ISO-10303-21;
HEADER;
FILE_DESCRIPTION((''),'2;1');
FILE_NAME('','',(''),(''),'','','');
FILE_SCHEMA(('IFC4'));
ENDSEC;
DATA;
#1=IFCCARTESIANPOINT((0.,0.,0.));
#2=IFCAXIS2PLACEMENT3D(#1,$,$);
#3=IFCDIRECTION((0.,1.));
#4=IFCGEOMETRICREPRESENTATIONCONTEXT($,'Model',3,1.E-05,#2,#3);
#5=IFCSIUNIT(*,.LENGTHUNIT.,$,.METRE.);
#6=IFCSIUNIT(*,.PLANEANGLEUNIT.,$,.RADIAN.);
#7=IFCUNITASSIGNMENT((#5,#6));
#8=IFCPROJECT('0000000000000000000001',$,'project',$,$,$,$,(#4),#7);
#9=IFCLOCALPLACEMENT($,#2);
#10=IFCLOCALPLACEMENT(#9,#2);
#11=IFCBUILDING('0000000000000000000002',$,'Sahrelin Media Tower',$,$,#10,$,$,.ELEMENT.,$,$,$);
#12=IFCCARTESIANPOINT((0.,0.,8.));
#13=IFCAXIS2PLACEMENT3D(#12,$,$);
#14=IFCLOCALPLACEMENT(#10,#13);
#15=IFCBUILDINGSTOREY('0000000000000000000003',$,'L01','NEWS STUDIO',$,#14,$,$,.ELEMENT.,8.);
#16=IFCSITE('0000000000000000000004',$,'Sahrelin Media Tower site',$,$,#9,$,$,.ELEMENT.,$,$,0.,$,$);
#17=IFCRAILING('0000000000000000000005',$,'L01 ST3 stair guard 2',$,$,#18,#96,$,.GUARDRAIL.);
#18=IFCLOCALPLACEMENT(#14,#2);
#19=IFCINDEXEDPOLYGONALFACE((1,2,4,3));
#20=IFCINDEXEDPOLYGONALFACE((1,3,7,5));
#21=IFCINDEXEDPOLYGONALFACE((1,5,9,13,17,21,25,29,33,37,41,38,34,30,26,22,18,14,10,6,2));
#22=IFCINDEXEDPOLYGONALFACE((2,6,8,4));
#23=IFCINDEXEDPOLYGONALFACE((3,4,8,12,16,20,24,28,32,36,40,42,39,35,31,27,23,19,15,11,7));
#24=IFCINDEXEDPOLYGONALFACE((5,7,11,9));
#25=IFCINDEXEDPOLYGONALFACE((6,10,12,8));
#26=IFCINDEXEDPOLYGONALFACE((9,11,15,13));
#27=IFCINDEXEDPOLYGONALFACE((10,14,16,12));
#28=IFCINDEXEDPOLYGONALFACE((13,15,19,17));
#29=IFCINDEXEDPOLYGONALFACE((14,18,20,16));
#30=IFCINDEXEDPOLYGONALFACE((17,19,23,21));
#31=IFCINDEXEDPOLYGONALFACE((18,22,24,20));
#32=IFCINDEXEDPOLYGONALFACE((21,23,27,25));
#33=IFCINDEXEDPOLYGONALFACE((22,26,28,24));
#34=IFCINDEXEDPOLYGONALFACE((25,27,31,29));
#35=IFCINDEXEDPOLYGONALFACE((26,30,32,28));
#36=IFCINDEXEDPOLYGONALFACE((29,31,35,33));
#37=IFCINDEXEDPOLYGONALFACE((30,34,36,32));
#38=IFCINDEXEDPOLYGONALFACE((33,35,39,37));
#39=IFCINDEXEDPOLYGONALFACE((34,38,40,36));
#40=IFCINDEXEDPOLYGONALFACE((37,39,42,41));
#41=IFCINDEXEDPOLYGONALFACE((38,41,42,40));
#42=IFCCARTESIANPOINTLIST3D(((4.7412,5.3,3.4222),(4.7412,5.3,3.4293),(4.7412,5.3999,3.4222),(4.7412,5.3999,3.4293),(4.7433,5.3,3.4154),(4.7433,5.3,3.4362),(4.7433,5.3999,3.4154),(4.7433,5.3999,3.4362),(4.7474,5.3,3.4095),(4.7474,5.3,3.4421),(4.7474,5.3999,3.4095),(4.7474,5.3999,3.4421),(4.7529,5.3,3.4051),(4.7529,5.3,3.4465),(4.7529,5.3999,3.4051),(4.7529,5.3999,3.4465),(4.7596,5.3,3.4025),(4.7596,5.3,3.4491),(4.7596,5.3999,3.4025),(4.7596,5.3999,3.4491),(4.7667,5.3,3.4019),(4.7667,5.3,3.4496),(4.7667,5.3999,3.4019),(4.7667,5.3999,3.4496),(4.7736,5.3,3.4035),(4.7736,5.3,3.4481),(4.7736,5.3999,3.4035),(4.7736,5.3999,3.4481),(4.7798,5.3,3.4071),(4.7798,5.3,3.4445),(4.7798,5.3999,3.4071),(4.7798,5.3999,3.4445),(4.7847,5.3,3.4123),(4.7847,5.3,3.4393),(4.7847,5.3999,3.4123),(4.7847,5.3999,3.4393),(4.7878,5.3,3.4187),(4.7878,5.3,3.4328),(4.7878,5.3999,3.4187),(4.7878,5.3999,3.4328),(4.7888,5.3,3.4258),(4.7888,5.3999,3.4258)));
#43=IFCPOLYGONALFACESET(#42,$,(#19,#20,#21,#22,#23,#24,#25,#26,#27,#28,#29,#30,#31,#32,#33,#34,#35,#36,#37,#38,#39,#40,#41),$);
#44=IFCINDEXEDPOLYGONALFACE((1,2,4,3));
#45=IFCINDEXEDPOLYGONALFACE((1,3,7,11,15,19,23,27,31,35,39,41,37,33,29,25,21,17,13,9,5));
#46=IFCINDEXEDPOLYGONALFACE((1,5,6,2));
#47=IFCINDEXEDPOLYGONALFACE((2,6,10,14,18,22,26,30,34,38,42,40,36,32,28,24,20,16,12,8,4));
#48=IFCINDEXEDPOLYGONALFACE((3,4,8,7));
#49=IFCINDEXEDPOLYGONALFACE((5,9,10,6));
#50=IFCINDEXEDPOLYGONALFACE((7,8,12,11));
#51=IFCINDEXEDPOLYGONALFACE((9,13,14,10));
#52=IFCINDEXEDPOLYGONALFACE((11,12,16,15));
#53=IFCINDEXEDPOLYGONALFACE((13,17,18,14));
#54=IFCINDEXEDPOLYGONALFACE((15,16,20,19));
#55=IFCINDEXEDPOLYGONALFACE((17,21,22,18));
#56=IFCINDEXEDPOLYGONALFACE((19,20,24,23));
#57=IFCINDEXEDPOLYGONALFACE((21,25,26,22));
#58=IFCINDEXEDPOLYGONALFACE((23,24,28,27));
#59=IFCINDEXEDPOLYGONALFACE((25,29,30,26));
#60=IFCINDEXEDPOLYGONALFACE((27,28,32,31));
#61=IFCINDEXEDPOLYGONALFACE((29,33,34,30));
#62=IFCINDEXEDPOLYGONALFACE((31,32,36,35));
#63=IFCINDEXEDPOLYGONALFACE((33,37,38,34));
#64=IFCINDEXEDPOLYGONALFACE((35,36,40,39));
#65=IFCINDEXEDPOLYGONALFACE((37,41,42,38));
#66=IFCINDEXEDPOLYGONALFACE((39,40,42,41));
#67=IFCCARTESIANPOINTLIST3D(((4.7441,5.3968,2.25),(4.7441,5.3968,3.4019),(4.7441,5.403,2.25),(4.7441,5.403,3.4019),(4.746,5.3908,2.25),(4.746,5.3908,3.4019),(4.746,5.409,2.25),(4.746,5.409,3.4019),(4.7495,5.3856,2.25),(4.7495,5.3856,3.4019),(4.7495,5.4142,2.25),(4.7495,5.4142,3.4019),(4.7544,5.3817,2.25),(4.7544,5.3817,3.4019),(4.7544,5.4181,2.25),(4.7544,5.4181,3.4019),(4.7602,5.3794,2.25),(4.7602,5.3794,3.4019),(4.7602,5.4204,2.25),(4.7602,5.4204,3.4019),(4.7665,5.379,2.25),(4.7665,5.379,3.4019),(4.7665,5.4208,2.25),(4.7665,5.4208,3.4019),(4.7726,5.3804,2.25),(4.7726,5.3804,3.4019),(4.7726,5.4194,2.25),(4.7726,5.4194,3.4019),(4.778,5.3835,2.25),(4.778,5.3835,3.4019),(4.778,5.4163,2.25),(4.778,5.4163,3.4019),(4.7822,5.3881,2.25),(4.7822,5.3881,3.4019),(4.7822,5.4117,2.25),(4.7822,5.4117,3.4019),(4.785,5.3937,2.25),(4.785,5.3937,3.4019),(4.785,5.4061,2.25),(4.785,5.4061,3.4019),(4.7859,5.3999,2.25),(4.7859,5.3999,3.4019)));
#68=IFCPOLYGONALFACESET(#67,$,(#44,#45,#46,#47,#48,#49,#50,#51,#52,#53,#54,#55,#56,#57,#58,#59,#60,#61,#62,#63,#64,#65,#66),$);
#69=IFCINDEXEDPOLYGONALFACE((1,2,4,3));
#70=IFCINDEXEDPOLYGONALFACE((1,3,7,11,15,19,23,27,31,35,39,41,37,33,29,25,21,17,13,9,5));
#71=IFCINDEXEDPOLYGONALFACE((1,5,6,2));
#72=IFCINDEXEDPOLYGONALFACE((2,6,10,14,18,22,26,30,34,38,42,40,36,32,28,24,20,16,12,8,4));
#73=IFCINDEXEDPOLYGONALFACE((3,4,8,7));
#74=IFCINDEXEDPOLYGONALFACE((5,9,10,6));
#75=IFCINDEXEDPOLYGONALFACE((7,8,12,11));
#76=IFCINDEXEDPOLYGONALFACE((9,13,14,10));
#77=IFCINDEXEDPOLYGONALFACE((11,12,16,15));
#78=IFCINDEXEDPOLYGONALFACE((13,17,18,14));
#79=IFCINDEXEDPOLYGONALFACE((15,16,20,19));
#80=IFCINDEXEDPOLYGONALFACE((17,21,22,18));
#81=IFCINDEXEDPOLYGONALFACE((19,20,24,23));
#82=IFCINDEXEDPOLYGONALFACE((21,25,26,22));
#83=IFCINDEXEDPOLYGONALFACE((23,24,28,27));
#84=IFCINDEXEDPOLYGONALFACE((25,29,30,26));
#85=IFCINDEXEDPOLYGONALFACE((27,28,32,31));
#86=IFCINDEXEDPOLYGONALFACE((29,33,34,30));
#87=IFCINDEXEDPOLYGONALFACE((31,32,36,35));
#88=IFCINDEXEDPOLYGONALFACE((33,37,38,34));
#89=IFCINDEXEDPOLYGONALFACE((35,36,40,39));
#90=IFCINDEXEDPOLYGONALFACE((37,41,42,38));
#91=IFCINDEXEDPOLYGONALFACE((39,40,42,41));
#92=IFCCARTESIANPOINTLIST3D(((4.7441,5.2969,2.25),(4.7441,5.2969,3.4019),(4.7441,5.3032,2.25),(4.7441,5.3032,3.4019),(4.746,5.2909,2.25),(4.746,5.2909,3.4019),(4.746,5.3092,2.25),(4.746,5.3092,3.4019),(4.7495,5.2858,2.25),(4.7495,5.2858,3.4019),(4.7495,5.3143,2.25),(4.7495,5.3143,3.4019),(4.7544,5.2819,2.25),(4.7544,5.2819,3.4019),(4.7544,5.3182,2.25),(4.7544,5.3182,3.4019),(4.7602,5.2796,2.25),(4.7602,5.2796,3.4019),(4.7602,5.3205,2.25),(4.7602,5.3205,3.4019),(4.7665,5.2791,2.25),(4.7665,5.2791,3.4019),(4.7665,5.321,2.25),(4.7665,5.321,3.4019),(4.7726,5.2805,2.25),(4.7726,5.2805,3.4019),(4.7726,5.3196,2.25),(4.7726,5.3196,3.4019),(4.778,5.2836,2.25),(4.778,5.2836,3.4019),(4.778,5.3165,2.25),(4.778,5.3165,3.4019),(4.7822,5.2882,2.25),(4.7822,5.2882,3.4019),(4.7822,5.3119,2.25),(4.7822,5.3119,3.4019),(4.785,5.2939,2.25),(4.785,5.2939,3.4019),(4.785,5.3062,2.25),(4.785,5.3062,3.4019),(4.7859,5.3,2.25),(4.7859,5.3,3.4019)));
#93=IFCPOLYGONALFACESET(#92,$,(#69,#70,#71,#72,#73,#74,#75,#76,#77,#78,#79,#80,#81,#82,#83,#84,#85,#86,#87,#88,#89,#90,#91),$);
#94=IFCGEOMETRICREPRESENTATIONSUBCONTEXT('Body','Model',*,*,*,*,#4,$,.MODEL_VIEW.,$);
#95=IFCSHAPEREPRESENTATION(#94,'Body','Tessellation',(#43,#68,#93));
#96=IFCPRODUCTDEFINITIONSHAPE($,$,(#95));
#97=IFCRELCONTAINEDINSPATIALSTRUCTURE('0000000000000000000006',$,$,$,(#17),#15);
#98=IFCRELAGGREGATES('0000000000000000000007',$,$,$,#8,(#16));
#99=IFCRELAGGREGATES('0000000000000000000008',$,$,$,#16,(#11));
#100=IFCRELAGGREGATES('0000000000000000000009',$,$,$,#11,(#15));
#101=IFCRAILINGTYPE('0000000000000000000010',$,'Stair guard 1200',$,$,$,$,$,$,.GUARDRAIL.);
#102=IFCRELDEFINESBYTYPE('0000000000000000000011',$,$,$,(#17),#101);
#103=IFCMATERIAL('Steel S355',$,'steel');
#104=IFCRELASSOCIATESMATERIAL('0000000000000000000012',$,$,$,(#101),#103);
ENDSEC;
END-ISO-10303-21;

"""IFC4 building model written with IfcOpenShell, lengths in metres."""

from ifc_helpers import new_model, si_unit, direction, frame, origin, origin_2d, place, context, subcontext, project, spatial, circle, extrude, material, type_object, element, save


model = new_model("IFC4")

# Units and contexts
model_context = context("Model", 3, precision=1e-05, world=origin(), true_north=direction((0.0, 1.0)))
body_context = subcontext(model_context, "Body", "Model", "MODEL_VIEW")
ifc_project = project(units=[si_unit("LENGTHUNIT", "METRE"), si_unit("PLANEANGLEUNIT", "RADIAN")], contexts=[model_context])

# Site, building, storey
site_placement = place(None, origin())
site = spatial("IfcSite", under=ifc_project, at=site_placement, Name="Sahrelin Media Tower site", CompositionType="ELEMENT", RefElevation=0.0)
building_placement = place(site_placement, origin())
building = spatial("IfcBuilding", under=site, at=building_placement, Name="Sahrelin Media Tower", CompositionType="ELEMENT")
storey_placement = place(building_placement, frame((0.0, 0.0, 8.0)))
storey = spatial("IfcBuildingStorey", under=building, at=storey_placement, Name="L01", Description="NEWS STUDIO", CompositionType="ELEMENT", Elevation=8.0)

# Shared definitions
ifc_material_1 = material(Name="Steel S355", Category="steel")

# Railing
railing_type_1 = type_object("IfcRailingType", Name="Stair guard 1200", PredefinedType="GUARDRAIL", material=ifc_material_1)
railing_1_placement = place(storey_placement, frame((4.7649, 5.3999, 2.25)))
element("IfcRailing", 1, at=railing_1_placement, inside=storey, type_object=railing_type_1, Name="L01 ST3 stair guard 2", PredefinedType="GUARDRAIL", context=body_context, shape_type="SweptSolid", body=[
    extrude(circle(Radius=0.0239, at=origin_2d()), frame((0.0, 0.0, 1.1758), z_axis=(0.0, -1.0, 0.0), x_axis=(1.0, 0.0, 0.0)), (0.0, 0.0, 1.0), 0.0999),
    extrude(circle(Radius=0.021, at=origin_2d()), origin(), (0.0, 0.0, 1.0), 1.1519),
    extrude(circle(Radius=0.021, at=origin_2d()), frame((0.0, -0.0999, 0.0)), (0.0, 0.0, 1.0), 1.1519),
])

save(model, "model.ifc")
